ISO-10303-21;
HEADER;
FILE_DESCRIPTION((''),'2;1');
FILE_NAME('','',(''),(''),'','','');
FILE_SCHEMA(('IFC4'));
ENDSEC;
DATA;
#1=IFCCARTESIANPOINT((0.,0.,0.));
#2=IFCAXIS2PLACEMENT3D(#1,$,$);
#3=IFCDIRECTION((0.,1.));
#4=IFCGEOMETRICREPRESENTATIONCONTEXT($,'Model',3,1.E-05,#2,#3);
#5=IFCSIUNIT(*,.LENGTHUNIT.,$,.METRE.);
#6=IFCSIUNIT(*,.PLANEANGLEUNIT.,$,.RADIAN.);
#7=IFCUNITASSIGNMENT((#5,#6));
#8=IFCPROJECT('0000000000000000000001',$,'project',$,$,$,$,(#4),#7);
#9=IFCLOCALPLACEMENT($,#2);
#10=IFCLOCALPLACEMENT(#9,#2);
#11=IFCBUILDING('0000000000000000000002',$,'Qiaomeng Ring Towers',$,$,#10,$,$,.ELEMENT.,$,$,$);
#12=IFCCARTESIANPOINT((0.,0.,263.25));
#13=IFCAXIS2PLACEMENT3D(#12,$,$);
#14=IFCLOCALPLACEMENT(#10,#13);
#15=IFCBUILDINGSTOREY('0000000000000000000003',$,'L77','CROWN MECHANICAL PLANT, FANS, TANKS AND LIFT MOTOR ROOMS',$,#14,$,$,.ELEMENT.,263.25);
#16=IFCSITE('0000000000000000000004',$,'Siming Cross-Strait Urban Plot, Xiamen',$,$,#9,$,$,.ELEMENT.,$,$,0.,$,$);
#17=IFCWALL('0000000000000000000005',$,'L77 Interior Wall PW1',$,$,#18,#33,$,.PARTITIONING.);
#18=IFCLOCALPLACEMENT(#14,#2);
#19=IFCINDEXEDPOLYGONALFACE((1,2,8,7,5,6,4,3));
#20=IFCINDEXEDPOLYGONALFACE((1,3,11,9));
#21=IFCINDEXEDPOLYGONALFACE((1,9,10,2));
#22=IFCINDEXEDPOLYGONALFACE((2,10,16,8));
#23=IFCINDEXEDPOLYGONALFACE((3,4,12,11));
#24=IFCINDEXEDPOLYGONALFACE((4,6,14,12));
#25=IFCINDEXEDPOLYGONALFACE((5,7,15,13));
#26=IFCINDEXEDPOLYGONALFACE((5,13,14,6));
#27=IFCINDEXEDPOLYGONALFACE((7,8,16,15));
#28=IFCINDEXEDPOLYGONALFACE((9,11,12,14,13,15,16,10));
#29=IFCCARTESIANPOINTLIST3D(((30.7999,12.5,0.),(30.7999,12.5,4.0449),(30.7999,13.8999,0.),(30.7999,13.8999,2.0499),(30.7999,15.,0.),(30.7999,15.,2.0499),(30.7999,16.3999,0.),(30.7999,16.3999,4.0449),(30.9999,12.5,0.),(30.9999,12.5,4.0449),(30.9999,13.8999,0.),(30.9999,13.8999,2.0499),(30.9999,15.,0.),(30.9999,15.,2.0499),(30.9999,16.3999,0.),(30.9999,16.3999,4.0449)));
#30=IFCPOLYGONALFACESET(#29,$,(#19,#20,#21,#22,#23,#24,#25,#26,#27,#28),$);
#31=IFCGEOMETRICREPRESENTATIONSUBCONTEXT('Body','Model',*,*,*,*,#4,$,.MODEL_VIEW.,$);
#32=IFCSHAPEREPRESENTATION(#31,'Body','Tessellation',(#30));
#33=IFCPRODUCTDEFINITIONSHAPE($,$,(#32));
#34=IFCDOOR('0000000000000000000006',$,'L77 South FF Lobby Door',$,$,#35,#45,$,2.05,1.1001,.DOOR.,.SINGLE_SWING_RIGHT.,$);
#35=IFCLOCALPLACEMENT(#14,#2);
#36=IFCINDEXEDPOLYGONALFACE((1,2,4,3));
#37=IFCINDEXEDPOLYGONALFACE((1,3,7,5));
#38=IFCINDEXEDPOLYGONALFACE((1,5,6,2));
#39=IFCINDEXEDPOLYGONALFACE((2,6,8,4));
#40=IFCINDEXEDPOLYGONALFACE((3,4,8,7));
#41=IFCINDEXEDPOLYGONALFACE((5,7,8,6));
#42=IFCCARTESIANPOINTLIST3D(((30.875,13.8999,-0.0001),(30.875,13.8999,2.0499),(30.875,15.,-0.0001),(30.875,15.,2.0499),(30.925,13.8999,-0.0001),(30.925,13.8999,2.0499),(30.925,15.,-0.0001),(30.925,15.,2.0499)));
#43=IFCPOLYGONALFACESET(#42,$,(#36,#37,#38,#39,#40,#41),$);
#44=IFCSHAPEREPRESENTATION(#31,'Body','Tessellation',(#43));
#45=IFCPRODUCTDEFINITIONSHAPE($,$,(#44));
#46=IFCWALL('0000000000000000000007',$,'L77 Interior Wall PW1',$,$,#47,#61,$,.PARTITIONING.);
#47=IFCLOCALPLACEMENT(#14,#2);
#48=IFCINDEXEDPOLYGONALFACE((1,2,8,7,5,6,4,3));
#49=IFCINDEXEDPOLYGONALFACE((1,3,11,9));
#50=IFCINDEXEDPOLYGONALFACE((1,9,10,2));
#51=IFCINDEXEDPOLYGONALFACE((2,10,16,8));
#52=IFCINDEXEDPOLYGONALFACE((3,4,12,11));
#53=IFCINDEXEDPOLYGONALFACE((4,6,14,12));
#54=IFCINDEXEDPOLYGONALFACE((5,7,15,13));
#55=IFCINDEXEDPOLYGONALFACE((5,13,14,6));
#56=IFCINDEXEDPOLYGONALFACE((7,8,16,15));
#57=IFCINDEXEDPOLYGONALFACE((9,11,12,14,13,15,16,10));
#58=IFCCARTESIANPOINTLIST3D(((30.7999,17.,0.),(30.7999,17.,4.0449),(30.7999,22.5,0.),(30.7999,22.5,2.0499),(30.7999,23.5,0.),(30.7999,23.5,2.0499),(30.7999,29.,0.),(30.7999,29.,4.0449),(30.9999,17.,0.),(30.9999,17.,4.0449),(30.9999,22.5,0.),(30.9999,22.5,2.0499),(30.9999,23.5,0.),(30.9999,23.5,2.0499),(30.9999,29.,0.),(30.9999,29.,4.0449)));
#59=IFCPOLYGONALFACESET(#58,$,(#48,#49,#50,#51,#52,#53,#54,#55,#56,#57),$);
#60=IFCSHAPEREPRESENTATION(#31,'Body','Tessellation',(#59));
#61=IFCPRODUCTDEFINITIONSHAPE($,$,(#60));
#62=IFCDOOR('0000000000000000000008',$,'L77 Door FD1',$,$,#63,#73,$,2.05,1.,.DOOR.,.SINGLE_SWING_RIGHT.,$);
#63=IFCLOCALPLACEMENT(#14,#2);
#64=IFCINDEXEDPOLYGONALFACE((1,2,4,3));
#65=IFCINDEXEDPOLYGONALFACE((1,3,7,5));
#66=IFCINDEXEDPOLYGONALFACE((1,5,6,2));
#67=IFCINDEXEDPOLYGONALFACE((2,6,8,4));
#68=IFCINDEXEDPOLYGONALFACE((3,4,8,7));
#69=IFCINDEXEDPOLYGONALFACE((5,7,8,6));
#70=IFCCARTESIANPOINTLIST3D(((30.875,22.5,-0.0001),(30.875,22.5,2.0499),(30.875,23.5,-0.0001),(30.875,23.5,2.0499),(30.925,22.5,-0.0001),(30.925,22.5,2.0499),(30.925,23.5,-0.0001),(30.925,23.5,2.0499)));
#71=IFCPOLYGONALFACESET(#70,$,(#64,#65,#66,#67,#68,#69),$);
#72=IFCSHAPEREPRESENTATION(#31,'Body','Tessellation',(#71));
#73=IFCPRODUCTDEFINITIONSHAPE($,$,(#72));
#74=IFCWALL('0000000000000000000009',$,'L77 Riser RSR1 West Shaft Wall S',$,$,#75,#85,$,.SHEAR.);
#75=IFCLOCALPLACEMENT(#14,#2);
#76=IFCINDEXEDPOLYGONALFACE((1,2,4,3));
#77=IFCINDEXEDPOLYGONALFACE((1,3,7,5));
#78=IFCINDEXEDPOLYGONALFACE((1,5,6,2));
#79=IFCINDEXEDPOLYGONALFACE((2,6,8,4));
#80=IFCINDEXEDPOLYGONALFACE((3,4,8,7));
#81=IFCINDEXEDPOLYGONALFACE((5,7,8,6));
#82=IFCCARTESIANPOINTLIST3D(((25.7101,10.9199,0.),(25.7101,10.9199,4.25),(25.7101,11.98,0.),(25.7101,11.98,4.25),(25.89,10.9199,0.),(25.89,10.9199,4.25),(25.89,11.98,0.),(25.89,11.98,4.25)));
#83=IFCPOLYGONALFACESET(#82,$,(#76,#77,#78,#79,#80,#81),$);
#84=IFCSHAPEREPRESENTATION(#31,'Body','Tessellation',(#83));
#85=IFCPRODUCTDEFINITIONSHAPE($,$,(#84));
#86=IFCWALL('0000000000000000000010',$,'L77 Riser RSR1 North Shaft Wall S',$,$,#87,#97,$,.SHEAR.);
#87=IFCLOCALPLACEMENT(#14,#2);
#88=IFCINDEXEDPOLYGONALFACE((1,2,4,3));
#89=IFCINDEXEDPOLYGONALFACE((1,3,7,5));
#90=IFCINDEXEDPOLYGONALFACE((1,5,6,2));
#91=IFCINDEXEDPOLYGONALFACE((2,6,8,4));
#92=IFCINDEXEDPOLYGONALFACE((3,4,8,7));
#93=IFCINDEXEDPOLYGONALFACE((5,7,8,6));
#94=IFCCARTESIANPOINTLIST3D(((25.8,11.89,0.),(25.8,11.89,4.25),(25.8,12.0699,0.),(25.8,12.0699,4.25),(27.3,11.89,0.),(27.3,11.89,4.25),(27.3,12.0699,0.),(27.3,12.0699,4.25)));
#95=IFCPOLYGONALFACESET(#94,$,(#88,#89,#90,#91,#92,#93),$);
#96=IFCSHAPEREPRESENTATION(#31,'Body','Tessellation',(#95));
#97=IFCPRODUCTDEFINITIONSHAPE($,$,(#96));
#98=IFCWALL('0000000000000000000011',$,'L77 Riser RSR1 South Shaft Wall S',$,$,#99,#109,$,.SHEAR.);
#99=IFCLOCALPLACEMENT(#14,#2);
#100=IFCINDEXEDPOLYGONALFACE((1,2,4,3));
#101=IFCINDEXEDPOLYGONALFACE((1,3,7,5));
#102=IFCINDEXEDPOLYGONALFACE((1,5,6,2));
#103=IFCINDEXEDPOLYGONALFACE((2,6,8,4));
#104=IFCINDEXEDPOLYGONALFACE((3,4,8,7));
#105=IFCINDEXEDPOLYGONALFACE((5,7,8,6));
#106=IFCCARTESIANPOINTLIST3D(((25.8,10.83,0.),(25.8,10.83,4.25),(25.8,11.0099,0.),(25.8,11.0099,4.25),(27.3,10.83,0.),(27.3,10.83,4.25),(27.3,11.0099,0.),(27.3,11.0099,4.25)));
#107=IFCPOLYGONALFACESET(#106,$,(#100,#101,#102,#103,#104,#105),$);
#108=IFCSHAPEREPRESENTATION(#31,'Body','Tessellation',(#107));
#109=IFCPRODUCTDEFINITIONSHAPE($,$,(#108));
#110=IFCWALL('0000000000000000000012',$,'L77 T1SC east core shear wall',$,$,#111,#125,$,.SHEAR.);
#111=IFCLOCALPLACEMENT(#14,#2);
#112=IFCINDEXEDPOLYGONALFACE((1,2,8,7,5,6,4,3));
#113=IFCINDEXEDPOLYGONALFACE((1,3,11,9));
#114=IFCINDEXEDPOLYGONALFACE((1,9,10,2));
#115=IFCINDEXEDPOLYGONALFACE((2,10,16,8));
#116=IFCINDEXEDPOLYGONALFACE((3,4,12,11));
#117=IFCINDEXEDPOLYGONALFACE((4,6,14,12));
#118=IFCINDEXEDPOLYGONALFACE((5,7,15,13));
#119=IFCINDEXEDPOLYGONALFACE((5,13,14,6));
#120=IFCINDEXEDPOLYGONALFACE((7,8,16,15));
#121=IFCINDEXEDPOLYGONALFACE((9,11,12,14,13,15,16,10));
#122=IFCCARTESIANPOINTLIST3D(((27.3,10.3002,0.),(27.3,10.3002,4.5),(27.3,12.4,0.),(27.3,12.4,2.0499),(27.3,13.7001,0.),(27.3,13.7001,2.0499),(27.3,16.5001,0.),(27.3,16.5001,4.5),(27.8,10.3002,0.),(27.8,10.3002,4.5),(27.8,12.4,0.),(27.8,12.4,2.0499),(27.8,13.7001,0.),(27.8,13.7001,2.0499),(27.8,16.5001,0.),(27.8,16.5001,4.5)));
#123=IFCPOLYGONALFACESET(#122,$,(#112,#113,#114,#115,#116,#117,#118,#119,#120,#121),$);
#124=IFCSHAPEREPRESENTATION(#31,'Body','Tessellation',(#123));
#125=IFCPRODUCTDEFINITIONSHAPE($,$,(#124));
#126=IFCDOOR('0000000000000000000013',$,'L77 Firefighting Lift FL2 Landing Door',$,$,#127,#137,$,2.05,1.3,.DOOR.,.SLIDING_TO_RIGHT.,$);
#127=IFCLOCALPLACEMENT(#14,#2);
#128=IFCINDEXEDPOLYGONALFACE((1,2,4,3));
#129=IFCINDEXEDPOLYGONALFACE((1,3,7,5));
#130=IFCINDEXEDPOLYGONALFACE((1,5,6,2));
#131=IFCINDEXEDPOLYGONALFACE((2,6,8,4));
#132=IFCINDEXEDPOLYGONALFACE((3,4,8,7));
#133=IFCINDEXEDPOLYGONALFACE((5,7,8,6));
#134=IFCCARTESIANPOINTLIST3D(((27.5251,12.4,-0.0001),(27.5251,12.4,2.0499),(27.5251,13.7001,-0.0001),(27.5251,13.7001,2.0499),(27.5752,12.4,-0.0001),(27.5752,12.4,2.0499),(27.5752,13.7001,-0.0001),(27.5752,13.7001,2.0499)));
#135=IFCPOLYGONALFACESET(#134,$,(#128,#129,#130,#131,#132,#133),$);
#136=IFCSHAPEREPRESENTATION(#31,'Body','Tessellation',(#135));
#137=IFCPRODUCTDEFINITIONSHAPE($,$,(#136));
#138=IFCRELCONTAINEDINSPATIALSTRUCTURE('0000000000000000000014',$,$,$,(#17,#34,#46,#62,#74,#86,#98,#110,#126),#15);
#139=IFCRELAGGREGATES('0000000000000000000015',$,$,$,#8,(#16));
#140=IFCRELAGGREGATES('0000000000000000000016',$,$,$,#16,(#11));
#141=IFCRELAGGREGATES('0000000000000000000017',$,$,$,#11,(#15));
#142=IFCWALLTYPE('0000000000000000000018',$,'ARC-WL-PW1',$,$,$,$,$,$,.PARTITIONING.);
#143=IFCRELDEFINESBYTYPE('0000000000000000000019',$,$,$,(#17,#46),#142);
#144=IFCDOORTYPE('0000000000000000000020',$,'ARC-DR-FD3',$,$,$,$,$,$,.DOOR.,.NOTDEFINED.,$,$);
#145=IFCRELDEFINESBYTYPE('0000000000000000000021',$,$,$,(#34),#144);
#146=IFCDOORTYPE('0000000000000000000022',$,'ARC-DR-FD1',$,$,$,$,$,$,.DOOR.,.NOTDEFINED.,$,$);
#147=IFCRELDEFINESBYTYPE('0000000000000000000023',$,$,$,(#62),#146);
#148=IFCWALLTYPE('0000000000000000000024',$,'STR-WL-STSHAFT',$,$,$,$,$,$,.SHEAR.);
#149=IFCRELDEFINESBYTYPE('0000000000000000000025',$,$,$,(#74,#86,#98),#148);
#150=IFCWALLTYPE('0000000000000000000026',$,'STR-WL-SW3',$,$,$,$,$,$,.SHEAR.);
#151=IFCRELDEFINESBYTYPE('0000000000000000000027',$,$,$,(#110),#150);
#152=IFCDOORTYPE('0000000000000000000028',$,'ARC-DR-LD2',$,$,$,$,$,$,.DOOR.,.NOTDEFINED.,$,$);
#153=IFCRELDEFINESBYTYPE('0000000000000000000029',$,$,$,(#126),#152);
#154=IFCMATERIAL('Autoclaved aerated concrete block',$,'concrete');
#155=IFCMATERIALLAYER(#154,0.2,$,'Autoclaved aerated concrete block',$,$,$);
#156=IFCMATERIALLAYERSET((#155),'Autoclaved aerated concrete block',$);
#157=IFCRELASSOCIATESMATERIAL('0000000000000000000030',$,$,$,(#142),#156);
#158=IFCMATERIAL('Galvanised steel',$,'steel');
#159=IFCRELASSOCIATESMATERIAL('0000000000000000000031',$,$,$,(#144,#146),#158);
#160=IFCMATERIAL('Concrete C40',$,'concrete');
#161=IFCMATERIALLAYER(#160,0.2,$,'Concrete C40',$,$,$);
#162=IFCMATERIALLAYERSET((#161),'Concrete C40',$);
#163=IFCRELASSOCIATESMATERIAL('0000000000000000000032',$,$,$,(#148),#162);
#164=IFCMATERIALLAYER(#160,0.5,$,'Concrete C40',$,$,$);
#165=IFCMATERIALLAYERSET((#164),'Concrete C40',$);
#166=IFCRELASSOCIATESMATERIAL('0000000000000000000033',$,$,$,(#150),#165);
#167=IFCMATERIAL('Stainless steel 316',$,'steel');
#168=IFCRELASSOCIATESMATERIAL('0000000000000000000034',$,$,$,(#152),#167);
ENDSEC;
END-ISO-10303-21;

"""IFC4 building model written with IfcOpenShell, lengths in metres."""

from ifc_helpers import new_model, si_unit, direction, frame, frame_2d, origin, place, context, subcontext, project, spatial, rectangle, extrude, source, transform, mapped, material, layer, layer_set, type_object, element, fill, save


model = new_model("IFC4")

# Units and contexts
model_context = context("Model", 3, precision=1e-05, world=origin(), true_north=direction((0.0, 1.0)))
body_context = subcontext(model_context, "Body", "Model", "MODEL_VIEW")
ifc_project = project(units=[si_unit("LENGTHUNIT", "METRE"), si_unit("PLANEANGLEUNIT", "RADIAN")], contexts=[model_context])

# Site, building, storey
site_placement = place(None, origin())
site = spatial("IfcSite", under=ifc_project, at=site_placement, Name="Siming Cross-Strait Urban Plot, Xiamen", CompositionType="ELEMENT", RefElevation=0.0)
building_placement = place(site_placement, origin())
building = spatial("IfcBuilding", under=site, at=building_placement, Name="Qiaomeng Ring Towers", CompositionType="ELEMENT")
storey_placement = place(building_placement, frame((0.0, 0.0, 263.25)))
storey = spatial("IfcBuildingStorey", under=building, at=storey_placement, Name="L77", Description="CROWN MECHANICAL PLANT, FANS, TANKS AND LIFT MOTOR ROOMS", CompositionType="ELEMENT", Elevation=263.25)

# Shared definitions
ifc_material_1 = material(Name="Concrete C40", Category="concrete")

# Shared definitions
ifc_material_2 = material(Name="Autoclaved aerated concrete block", Category="concrete")
ifc_layer_1 = layer(ifc_material_2, 0.2, Name="Autoclaved aerated concrete block")
ifc_layer_set_1 = layer_set([ifc_layer_1], Name="Autoclaved aerated concrete block")
wall_type_1 = type_object("IfcWallType", Name="ARC-WL-PW1", PredefinedType="PARTITIONING", material=ifc_layer_set_1)

# Walls, openings, doors
wall_1_placement = place(storey_placement, frame((30.8999, 12.5, 0.0), z_axis=(0.0, 0.0, 1.0), x_axis=(0.0, 1.0, 0.0)))
wall_1 = element("IfcWall", 1, at=wall_1_placement, inside=storey, type_object=wall_type_1, Name="L77 Interior Wall PW1", PredefinedType="PARTITIONING", context=body_context, shape_type="SweptSolid", body=[
    extrude(rectangle(XDim=3.8999, YDim=0.2, at=frame_2d((1.95, 0.0))), origin(), (0.0, 0.0, 1.0), 4.0449),
])
opening_1_placement = place(wall_1_placement, frame((1.3999, 0.0, 0.0)))
opening_1 = element("IfcOpeningElement", 2, at=opening_1_placement, cuts=wall_1, PredefinedType="OPENING", context=body_context, shape_type="SweptSolid", body=[
    extrude(rectangle(XDim=1.1001, YDim=2.05, at=frame_2d((0.55, 1.0249))), frame((0.0, 0.1099, 0.0), z_axis=(0.0, -1.0, 0.0), x_axis=(1.0, 0.0, 0.0)), (0.0, 0.0, 1.0), 0.22),
])
ifc_material_3 = material(Name="Galvanised steel", Category="steel")
door_type_1 = type_object("IfcDoorType", Name="ARC-DR-FD3", OperationType="NOTDEFINED", PredefinedType="DOOR", material=ifc_material_3)
shared_shape_1 = source(origin(), body_context, "Body", "SweptSolid", [
    extrude(rectangle(XDim=1.1001, YDim=2.05, at=frame_2d((0.55, 1.0249))), frame((0.0, 0.0249, 0.0), z_axis=(0.0, -1.0, 0.0), x_axis=(1.0, 0.0, 0.0)), (0.0, 0.0, 1.0), 0.05),
])
door_1_placement = place(opening_1_placement, origin())
door_1 = element("IfcDoor", 3, at=door_1_placement, inside=storey, type_object=door_type_1, Name="L77 South FF Lobby Door", OperationType="SINGLE_SWING_RIGHT", OverallHeight=2.05, OverallWidth=1.1001, PredefinedType="DOOR", context=body_context, shape_type="MappedRepresentation", body=[
    mapped(shared_shape_1, transform((0.0, 0.0, 0.0), x_axis=(1.0, 0.0, 0.0), y_axis=(0.0, 1.0, 0.0), z_axis=(0.0, 0.0, 1.0), scale=1.0)),
])
fill(opening_1, door_1)
wall_2_placement = place(storey_placement, frame((30.8999, 17.0, 0.0), z_axis=(0.0, 0.0, 1.0), x_axis=(0.0, 1.0, 0.0)))
wall_2 = element("IfcWall", 4, at=wall_2_placement, inside=storey, type_object=wall_type_1, Name="L77 Interior Wall PW1", PredefinedType="PARTITIONING", context=body_context, shape_type="SweptSolid", body=[
    extrude(rectangle(XDim=12.0, YDim=0.2, at=frame_2d((6.0, 0.0))), origin(), (0.0, 0.0, 1.0), 4.0449),
])
opening_2_placement = place(wall_2_placement, frame((5.5, 0.0, 0.0)))
opening_2 = element("IfcOpeningElement", 5, at=opening_2_placement, cuts=wall_2, PredefinedType="OPENING", context=body_context, shape_type="SweptSolid", body=[
    extrude(rectangle(XDim=1.0, YDim=2.05, at=frame_2d((0.5, 1.0249))), frame((0.0, 0.1099, 0.0), z_axis=(0.0, -1.0, 0.0), x_axis=(1.0, 0.0, 0.0)), (0.0, 0.0, 1.0), 0.22),
])
door_type_2 = type_object("IfcDoorType", Name="ARC-DR-FD1", OperationType="NOTDEFINED", PredefinedType="DOOR", material=ifc_material_3)
shared_shape_2 = source(origin(), body_context, "Body", "SweptSolid", [
    extrude(rectangle(XDim=1.0, YDim=2.05, at=frame_2d((0.5, 1.0249))), frame((0.0, 0.0249, 0.0), z_axis=(0.0, -1.0, 0.0), x_axis=(1.0, 0.0, 0.0)), (0.0, 0.0, 1.0), 0.05),
])
door_2_placement = place(opening_2_placement, origin())
door_2 = element("IfcDoor", 6, at=door_2_placement, inside=storey, type_object=door_type_2, Name="L77 Door FD1", OperationType="SINGLE_SWING_RIGHT", OverallHeight=2.05, OverallWidth=1.0, PredefinedType="DOOR", context=body_context, shape_type="MappedRepresentation", body=[
    mapped(shared_shape_2, transform((0.0, 0.0, 0.0), x_axis=(1.0, 0.0, 0.0), y_axis=(0.0, 1.0, 0.0), z_axis=(0.0, 0.0, 1.0), scale=1.0)),
])
fill(opening_2, door_2)

# Walls
ifc_layer_2 = layer(ifc_material_1, 0.2, Name="Concrete C40")
ifc_layer_set_2 = layer_set([ifc_layer_2], Name="Concrete C40")
wall_type_2 = type_object("IfcWallType", Name="STR-WL-STSHAFT", PredefinedType="SHEAR", material=ifc_layer_set_2)
wall_3_placement = place(storey_placement, frame((25.8, 10.9199, 0.0), z_axis=(0.0, 0.0, 1.0), x_axis=(0.0, 1.0, 0.0)))
element("IfcWall", 7, at=wall_3_placement, inside=storey, type_object=wall_type_2, Name="L77 Riser RSR1 West Shaft Wall S", PredefinedType="SHEAR", context=body_context, shape_type="SweptSolid", body=[
    extrude(rectangle(XDim=1.0601, YDim=0.1799, at=frame_2d((0.53, 0.0))), origin(), (0.0, 0.0, 1.0), 4.25),
])
for number, where, z_axis, x_axis, name in (
    (8, (25.8, 11.98, 0.0), (0.0, 0.0, 1.0), (1.0, 0.0, 0.0), "L77 Riser RSR1 North Shaft Wall S"),
    (9, (25.8, 10.9199, 0.0), (0.0, 0.0, 1.0), (1.0, 0.0, 0.0), "L77 Riser RSR1 South Shaft Wall S"),
):
    element("IfcWall", number, at=place(storey_placement, frame(where, z_axis=z_axis, x_axis=x_axis)), inside=storey, type_object=wall_type_2, Name=name, PredefinedType="SHEAR", context=body_context, shape_type="SweptSolid", body=[
        extrude(rectangle(XDim=1.5, YDim=0.1799, at=frame_2d((0.75, 0.0))), origin(), (0.0, 0.0, 1.0), 4.25),
    ])

# Wall, opening, door
ifc_layer_3 = layer(ifc_material_1, 0.5, Name="Concrete C40")
ifc_layer_set_3 = layer_set([ifc_layer_3], Name="Concrete C40")
wall_type_3 = type_object("IfcWallType", Name="STR-WL-SW3", PredefinedType="SHEAR", material=ifc_layer_set_3)
wall_4_placement = place(storey_placement, frame((27.55, 10.3, 0.0), z_axis=(0.0, 0.0, 1.0), x_axis=(0.0, 1.0, 0.0)))
wall_4 = element("IfcWall", 10, at=wall_4_placement, inside=storey, type_object=wall_type_3, Name="L77 T1SC east core shear wall", PredefinedType="SHEAR", context=body_context, shape_type="SweptSolid", body=[
    extrude(rectangle(XDim=6.2, YDim=0.5, at=frame_2d((3.1001, 0.0))), origin(), (0.0, 0.0, 1.0), 4.5),
])
opening_3_placement = place(wall_4_placement, frame((2.1001, 0.0, 0.0)))
opening_3 = element("IfcOpeningElement", 11, at=opening_3_placement, cuts=wall_4, PredefinedType="OPENING", context=body_context, shape_type="SweptSolid", body=[
    extrude(rectangle(XDim=1.3, YDim=2.05, at=frame_2d((0.6499, 1.0249))), frame((0.0, 0.26, 0.0), z_axis=(0.0, -1.0, 0.0), x_axis=(1.0, 0.0, 0.0)), (0.0, 0.0, 1.0), 0.52),
])
ifc_material_4 = material(Name="Stainless steel 316", Category="steel")
door_type_3 = type_object("IfcDoorType", Name="ARC-DR-LD2", OperationType="NOTDEFINED", PredefinedType="DOOR", material=ifc_material_4)
shared_shape_3 = source(origin(), body_context, "Body", "SweptSolid", [
    extrude(rectangle(XDim=1.3, YDim=2.05, at=frame_2d((0.6499, 1.0249))), frame((0.0, 0.0249, 0.0), z_axis=(0.0, -1.0, 0.0), x_axis=(1.0, 0.0, 0.0)), (0.0, 0.0, 1.0), 0.05),
])
door_3_placement = place(opening_3_placement, origin())
door_3 = element("IfcDoor", 12, at=door_3_placement, inside=storey, type_object=door_type_3, Name="L77 Firefighting Lift FL2 Landing Door", OperationType="SLIDING_TO_RIGHT", OverallHeight=2.05, OverallWidth=1.3, PredefinedType="DOOR", context=body_context, shape_type="MappedRepresentation", body=[
    mapped(shared_shape_3, transform((0.0, 0.0, 0.0), x_axis=(1.0, 0.0, 0.0), y_axis=(0.0, 1.0, 0.0), z_axis=(0.0, 0.0, 1.0), scale=1.0)),
])
fill(opening_3, door_3)

save(model, "model.ifc")
